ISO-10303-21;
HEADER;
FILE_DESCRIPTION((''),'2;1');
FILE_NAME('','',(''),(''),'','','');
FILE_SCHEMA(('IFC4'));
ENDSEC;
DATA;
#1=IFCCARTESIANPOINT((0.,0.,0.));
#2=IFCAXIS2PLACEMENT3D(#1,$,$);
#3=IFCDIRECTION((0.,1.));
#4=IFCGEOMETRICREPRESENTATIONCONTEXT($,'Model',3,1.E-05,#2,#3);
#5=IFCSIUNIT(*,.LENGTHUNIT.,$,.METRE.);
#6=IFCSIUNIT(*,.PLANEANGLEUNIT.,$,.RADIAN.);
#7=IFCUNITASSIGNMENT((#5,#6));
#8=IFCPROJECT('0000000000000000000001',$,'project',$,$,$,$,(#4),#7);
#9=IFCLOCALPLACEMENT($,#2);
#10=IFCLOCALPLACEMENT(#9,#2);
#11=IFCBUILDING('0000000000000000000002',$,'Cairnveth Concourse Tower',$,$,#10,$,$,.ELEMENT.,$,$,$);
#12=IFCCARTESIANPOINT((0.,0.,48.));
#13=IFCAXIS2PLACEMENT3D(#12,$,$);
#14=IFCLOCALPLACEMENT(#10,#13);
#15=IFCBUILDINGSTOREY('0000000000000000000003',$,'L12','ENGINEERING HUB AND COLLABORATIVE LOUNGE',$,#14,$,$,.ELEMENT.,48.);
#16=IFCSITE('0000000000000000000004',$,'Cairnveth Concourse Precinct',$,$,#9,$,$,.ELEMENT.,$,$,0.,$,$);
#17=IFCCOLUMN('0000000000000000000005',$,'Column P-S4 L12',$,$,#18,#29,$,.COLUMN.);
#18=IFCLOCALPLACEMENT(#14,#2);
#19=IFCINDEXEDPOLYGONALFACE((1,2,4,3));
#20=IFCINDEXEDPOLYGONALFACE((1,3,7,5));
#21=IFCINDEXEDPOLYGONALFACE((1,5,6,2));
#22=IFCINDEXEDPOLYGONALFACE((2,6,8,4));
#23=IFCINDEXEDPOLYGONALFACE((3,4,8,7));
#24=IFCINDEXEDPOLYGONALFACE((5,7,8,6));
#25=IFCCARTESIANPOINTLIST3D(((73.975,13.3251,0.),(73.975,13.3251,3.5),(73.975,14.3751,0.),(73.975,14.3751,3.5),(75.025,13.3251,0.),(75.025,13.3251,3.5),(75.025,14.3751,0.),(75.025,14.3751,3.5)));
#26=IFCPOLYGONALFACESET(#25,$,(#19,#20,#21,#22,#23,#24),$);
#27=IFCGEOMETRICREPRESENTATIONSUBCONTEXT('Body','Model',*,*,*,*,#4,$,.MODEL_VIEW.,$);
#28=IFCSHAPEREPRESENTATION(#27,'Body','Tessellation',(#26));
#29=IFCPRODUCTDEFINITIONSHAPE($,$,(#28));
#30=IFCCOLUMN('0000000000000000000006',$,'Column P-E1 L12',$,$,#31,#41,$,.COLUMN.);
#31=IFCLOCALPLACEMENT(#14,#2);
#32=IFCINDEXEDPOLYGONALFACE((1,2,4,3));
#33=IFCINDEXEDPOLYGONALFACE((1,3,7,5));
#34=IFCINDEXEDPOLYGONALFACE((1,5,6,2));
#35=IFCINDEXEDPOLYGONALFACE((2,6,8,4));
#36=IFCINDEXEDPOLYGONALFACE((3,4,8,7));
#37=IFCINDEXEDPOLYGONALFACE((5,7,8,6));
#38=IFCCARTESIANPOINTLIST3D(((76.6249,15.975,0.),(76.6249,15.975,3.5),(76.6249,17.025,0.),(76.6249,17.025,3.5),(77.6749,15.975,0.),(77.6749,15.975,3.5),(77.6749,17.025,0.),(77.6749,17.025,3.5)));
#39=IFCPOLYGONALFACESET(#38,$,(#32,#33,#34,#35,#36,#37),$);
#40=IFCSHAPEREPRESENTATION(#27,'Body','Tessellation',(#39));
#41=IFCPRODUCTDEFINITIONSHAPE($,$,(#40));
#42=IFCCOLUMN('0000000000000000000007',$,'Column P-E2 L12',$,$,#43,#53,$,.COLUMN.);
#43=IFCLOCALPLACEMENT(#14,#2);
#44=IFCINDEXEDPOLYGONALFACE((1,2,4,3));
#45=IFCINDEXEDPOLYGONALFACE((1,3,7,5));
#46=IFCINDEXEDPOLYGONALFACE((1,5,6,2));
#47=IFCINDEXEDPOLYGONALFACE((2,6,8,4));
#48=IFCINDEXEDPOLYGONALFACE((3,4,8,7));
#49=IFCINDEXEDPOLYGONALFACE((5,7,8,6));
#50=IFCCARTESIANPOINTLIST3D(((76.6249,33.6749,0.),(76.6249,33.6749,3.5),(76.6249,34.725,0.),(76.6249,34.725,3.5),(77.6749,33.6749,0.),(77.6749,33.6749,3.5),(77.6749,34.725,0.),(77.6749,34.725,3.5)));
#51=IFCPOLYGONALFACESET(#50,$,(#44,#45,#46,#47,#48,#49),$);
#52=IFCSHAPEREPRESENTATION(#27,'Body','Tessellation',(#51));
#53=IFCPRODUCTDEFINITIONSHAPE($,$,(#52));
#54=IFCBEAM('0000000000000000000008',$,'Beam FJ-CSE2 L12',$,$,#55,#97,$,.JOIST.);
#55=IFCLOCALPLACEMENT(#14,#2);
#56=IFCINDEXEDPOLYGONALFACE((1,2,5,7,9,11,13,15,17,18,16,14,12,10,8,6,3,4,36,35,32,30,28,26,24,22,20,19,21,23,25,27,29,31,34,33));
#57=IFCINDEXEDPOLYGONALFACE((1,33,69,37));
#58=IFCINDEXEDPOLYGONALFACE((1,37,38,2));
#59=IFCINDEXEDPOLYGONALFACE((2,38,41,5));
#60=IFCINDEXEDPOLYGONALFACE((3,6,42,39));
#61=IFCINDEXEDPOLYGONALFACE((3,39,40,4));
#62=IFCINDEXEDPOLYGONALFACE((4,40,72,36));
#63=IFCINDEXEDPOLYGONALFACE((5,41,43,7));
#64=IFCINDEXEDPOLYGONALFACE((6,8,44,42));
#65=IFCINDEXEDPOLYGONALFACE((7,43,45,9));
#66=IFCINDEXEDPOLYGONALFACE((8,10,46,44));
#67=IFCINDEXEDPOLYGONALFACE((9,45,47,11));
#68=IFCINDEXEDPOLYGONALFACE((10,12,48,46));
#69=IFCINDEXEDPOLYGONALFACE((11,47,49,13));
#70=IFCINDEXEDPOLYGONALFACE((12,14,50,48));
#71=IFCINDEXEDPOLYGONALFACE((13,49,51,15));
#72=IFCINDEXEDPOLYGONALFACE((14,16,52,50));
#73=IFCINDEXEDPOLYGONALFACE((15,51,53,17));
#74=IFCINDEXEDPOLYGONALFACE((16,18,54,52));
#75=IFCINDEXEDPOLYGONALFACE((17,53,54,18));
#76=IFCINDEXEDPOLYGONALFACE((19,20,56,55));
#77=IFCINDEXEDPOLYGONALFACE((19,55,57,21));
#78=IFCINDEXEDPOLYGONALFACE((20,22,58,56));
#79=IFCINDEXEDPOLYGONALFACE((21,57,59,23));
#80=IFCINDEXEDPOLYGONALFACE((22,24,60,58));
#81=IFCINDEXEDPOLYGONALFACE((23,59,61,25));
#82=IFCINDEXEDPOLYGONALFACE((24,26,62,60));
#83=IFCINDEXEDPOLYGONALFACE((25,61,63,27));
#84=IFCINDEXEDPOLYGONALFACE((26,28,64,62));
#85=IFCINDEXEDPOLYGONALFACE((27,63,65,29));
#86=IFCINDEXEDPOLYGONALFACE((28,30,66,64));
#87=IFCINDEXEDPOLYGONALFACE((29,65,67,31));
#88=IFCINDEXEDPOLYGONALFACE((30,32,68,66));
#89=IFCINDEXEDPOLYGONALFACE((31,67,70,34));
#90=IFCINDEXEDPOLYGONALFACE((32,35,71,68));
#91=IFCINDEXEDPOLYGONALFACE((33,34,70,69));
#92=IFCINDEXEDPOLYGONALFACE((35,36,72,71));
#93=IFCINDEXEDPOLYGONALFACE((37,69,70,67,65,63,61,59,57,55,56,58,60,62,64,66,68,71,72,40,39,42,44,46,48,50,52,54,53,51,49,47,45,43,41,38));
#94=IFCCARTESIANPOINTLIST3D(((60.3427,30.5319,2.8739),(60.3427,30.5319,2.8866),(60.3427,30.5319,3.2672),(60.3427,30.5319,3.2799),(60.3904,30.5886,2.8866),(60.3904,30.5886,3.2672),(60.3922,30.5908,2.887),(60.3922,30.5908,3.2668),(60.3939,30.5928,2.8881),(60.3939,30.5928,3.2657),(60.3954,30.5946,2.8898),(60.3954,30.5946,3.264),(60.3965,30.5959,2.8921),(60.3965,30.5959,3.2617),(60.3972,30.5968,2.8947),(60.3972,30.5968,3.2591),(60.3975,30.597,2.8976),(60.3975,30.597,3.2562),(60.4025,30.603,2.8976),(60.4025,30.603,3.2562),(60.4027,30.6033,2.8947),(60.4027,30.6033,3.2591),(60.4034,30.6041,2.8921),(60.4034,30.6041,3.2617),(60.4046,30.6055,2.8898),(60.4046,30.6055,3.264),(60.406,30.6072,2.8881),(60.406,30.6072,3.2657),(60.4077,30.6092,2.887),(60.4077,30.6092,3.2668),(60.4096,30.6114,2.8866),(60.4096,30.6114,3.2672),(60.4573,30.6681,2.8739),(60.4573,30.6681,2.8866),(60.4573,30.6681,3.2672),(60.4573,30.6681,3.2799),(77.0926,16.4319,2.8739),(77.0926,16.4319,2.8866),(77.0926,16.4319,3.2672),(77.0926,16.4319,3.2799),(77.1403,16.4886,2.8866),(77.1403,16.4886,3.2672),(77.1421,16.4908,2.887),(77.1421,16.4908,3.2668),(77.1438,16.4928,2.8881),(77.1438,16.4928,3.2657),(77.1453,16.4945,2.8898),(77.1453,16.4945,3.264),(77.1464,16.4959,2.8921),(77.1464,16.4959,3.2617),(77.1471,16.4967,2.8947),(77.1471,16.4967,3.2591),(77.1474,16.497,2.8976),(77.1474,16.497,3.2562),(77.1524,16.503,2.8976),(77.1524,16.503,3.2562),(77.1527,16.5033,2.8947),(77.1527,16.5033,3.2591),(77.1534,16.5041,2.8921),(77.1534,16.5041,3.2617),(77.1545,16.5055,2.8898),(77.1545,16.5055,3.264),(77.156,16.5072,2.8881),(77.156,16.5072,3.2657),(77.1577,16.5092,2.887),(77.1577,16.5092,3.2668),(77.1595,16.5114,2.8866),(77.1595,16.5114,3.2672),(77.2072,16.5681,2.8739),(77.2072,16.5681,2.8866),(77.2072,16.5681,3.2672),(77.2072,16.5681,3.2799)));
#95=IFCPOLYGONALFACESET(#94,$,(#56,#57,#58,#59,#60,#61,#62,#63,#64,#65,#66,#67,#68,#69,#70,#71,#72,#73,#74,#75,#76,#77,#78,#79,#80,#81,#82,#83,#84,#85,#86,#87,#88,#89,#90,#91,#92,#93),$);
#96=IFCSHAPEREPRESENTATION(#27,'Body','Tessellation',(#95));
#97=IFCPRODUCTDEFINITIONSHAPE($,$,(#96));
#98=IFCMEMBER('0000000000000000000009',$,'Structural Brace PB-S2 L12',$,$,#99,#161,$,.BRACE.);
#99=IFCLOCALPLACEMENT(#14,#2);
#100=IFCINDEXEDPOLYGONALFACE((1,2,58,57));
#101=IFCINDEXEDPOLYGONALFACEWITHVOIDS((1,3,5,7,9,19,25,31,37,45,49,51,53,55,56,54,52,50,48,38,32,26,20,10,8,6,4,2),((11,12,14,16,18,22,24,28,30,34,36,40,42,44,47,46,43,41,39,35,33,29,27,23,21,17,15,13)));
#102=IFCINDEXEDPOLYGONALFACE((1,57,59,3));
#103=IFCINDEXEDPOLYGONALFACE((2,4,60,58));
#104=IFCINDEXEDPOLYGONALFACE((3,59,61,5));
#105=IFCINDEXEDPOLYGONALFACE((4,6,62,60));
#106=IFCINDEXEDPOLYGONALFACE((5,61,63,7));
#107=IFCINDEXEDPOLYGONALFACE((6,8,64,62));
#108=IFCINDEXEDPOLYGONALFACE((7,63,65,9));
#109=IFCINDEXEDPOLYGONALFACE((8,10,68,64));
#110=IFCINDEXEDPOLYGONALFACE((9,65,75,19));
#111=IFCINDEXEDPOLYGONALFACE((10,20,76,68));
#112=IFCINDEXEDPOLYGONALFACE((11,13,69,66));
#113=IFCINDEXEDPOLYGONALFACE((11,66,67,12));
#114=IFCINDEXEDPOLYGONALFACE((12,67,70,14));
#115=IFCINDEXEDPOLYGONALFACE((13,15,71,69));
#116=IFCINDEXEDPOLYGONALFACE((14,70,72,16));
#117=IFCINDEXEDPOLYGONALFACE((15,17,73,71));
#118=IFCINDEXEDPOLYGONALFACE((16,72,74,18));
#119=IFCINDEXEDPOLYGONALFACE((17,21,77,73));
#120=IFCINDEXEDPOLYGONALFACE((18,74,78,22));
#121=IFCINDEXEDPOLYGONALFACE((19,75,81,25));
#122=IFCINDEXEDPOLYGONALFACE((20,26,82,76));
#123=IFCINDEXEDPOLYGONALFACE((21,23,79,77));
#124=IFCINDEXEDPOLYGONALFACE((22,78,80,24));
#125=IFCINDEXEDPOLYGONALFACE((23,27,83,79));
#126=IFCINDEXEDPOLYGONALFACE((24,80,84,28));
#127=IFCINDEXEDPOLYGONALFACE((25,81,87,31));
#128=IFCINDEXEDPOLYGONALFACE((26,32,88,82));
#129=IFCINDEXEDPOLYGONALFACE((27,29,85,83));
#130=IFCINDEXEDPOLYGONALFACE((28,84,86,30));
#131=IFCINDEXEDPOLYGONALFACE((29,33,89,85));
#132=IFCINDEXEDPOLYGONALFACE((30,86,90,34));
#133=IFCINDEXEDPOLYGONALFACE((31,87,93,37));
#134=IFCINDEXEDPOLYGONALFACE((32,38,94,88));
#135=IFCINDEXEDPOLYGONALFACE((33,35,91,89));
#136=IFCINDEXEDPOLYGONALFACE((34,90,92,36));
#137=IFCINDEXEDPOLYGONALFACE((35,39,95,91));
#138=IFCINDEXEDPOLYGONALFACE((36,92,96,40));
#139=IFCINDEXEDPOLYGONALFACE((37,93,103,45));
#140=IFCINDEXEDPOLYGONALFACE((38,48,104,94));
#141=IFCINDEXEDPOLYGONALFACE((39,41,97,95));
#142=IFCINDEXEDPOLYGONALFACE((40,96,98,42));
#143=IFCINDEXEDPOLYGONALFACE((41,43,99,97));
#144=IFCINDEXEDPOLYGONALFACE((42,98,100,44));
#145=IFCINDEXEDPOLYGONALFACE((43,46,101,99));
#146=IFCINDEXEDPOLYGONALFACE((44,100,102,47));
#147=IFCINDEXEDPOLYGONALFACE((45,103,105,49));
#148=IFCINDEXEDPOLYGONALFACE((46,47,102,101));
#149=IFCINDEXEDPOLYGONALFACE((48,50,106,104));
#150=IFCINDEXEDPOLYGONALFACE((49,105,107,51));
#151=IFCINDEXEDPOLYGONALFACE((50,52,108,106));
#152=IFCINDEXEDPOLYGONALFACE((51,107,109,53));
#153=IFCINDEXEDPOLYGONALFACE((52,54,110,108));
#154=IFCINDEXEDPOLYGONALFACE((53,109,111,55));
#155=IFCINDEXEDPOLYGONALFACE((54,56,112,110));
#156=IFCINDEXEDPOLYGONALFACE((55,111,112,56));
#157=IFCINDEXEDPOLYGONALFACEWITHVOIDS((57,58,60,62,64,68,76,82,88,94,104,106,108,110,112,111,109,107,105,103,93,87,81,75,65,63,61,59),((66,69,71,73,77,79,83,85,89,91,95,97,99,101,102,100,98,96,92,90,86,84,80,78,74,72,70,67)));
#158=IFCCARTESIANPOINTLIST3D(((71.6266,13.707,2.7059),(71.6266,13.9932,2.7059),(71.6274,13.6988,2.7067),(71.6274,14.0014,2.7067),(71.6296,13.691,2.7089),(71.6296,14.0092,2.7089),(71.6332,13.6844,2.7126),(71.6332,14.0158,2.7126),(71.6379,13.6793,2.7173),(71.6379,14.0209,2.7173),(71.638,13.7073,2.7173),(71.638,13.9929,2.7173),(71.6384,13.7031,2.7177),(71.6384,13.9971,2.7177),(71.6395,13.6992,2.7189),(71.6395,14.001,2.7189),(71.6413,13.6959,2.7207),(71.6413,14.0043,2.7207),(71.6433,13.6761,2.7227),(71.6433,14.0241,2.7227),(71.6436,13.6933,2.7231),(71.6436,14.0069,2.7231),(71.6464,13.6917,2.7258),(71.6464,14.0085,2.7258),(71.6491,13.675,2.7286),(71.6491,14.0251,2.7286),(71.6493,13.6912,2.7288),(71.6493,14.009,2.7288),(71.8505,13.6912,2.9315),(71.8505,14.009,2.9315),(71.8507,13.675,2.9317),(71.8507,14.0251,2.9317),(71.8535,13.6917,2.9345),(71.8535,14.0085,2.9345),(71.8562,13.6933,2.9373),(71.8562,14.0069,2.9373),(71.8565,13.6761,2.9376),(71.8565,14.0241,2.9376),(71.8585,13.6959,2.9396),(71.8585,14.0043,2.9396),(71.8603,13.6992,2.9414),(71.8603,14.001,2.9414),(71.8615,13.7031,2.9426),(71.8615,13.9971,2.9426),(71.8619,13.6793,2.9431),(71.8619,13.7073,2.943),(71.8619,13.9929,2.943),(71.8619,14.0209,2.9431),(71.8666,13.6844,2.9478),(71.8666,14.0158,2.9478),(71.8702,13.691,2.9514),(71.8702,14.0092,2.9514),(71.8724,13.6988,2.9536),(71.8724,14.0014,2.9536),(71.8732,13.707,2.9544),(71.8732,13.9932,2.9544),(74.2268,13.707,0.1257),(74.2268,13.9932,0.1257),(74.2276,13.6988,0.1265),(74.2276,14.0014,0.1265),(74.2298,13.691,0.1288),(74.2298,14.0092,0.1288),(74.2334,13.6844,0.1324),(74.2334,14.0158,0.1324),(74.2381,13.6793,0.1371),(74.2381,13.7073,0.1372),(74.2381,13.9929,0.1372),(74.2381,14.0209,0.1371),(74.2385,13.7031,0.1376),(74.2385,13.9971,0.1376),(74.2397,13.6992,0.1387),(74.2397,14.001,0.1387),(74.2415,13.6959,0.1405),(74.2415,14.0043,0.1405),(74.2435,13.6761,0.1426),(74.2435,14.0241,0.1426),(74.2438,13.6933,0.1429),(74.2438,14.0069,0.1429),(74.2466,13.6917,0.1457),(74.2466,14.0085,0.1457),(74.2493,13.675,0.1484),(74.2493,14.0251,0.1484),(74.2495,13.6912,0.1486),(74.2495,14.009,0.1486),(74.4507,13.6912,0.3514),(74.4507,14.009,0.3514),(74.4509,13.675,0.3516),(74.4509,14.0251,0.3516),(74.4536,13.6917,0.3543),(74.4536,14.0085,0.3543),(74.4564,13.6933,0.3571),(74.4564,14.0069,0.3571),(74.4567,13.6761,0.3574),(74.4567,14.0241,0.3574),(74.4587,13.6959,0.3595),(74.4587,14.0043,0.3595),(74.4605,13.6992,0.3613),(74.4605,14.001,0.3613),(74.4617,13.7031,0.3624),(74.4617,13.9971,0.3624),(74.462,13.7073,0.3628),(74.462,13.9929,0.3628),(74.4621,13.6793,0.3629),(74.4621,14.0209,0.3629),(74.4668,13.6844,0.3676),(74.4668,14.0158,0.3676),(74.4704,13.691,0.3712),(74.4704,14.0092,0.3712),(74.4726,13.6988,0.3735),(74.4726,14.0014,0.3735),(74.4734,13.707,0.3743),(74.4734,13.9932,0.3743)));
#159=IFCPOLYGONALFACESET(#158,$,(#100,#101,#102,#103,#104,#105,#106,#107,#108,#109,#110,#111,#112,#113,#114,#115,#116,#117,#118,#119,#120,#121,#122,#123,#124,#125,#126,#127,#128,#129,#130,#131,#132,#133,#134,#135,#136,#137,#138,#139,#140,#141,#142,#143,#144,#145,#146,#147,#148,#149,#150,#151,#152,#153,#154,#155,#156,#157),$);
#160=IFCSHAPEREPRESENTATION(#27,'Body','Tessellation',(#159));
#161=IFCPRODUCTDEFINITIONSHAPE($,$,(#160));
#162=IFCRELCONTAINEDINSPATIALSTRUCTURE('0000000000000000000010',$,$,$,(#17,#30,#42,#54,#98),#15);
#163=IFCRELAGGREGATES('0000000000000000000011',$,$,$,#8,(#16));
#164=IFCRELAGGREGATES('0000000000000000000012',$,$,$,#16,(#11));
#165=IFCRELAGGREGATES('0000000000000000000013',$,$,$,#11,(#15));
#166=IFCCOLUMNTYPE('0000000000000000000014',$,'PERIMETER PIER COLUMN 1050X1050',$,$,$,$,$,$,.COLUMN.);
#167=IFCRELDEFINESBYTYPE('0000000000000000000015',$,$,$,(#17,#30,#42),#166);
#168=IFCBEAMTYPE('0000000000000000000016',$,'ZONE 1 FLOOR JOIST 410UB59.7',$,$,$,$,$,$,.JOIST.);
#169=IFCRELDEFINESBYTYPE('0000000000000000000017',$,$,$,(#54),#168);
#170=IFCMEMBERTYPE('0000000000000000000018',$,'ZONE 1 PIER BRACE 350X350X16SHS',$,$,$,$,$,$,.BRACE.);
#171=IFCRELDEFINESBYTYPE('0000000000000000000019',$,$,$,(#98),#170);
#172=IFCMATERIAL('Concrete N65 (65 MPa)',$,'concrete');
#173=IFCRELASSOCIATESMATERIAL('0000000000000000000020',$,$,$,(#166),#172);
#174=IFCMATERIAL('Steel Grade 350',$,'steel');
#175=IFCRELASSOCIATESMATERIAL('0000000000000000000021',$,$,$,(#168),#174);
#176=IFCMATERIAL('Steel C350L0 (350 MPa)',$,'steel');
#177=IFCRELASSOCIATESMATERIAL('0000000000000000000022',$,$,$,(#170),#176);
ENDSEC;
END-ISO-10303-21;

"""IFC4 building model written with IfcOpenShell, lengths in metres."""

from ifc_helpers import new_model, si_unit, direction, frame, origin, origin_2d, place, context, subcontext, project, spatial, rectangle, hollow_rectangle, i_section, extrude, material, material_profile, profile_set, type_object, element, save


model = new_model("IFC4")

# Units and contexts
model_context = context("Model", 3, precision=1e-05, world=origin(), true_north=direction((0.0, 1.0)))
body_context = subcontext(model_context, "Body", "Model", "MODEL_VIEW")
ifc_project = project(units=[si_unit("LENGTHUNIT", "METRE"), si_unit("PLANEANGLEUNIT", "RADIAN")], contexts=[model_context])

# Site, building, storey
site_placement = place(None, origin())
site = spatial("IfcSite", under=ifc_project, at=site_placement, Name="Cairnveth Concourse Precinct", CompositionType="ELEMENT", RefElevation=0.0)
building_placement = place(site_placement, origin())
building = spatial("IfcBuilding", under=site, at=building_placement, Name="Cairnveth Concourse Tower", CompositionType="ELEMENT")
storey_placement = place(building_placement, frame((0.0, 0.0, 48.0)))
storey = spatial("IfcBuildingStorey", under=building, at=storey_placement, Name="L12", Description="ENGINEERING HUB AND COLLABORATIVE LOUNGE", CompositionType="ELEMENT", Elevation=48.0)

# Columns
ifc_material_1 = material(Name="Concrete N65 (65 MPa)", Category="concrete")
ifc_material_profile_1 = material_profile(ifc_material_1, rectangle(XDim=1.05, YDim=1.05, at=origin_2d()), Name="RC-COL-1050x1050")
ifc_profile_set_1 = profile_set([ifc_material_profile_1], Name="Concrete N65 (65 MPa)")
column_type = type_object("IfcColumnType", Name="PERIMETER PIER COLUMN 1050X1050", PredefinedType="COLUMN", material=ifc_profile_set_1)
for number, where, z_axis, x_axis, name in (
    (1, (74.5, 13.8501, 0.0), (0.0, 0.0, 1.0), (1.0, 0.0, 0.0), "Column P-S4 L12"),
    (2, (77.1499, 16.5, 0.0), (0.0, 0.0, 1.0), (0.0, 1.0, 0.0), "Column P-E1 L12"),
    (3, (77.1499, 34.2, 0.0), (0.0, 0.0, 1.0), (0.0, 1.0, 0.0), "Column P-E2 L12"),
):
    element("IfcColumn", number, at=place(storey_placement, frame(where, z_axis=z_axis, x_axis=x_axis)), inside=storey, type_object=column_type, Name=name, PredefinedType="COLUMN", context=body_context, shape_type="SweptSolid", body=[
        extrude(rectangle(XDim=1.05, YDim=1.05, at=origin_2d()), origin(), (0.0, 0.0, 1.0), 3.5),
    ])

# Beam
ifc_material_2 = material(Name="Steel Grade 350", Category="steel")
ifc_material_profile_2 = material_profile(ifc_material_2, i_section(OverallWidth=0.178, OverallDepth=0.406, WebThickness=0.0078, FlangeThickness=0.0127, FilletRadius=0.011, at=origin_2d()), Name="410UB59.7")
ifc_profile_set_2 = profile_set([ifc_material_profile_2], Name="Steel Grade 350")
beam_type_1 = type_object("IfcBeamType", Name="ZONE 1 FLOOR JOIST 410UB59.7", PredefinedType="JOIST", material=ifc_profile_set_2)
beam_1_placement = place(storey_placement, frame((77.1499, 16.5, 3.0769), z_axis=(-0.765027, 0.643998, 0.0), x_axis=(-0.643998, -0.765027, 0.0)))
element("IfcBeam", 4, at=beam_1_placement, inside=storey, type_object=beam_type_1, Name="Beam FJ-CSE2 L12", PredefinedType="JOIST", context=body_context, shape_type="SweptSolid", body=[
    extrude(i_section(OverallWidth=0.178, OverallDepth=0.406, WebThickness=0.0078, FlangeThickness=0.0127, FilletRadius=0.011, at=origin_2d()), origin(), (0.0, 0.0, 1.0), 21.8945),
])

# Member
ifc_material_3 = material(Name="Steel C350L0 (350 MPa)", Category="steel")
ifc_material_profile_3 = material_profile(ifc_material_3, hollow_rectangle(XDim=0.3501, YDim=0.3501, WallThickness=0.0161, InnerFilletRadius=0.0161, OuterFilletRadius=0.032, at=origin_2d()), Name="350x350x16.0SHS")
ifc_profile_set_3 = profile_set([ifc_material_profile_3], Name="Steel C350L0 (350 MPa)")
member_type = type_object("IfcMemberType", Name="ZONE 1 PIER BRACE 350X350X16SHS", PredefinedType="BRACE", material=ifc_profile_set_3)
for number, where, z_axis, x_axis, name in (
    (5, (74.3501, 13.8501, 0.25), (-0.709834, 0.0, 0.704369), (0.0, -1.0, 0.0), "Structural Brace PB-S2 L12"),
):
    element("IfcMember", number, at=place(storey_placement, frame(where, z_axis=z_axis, x_axis=x_axis)), inside=storey, type_object=member_type, Name=name, PredefinedType="BRACE", context=body_context, shape_type="SweptSolid", body=[
        extrude(hollow_rectangle(XDim=0.3501, YDim=0.3501, WallThickness=0.0161, InnerFilletRadius=0.0161, OuterFilletRadius=0.032, at=origin_2d()), origin(), (0.0, 0.0, 1.0), 3.6631),
    ])

save(model, "model.ifc")
